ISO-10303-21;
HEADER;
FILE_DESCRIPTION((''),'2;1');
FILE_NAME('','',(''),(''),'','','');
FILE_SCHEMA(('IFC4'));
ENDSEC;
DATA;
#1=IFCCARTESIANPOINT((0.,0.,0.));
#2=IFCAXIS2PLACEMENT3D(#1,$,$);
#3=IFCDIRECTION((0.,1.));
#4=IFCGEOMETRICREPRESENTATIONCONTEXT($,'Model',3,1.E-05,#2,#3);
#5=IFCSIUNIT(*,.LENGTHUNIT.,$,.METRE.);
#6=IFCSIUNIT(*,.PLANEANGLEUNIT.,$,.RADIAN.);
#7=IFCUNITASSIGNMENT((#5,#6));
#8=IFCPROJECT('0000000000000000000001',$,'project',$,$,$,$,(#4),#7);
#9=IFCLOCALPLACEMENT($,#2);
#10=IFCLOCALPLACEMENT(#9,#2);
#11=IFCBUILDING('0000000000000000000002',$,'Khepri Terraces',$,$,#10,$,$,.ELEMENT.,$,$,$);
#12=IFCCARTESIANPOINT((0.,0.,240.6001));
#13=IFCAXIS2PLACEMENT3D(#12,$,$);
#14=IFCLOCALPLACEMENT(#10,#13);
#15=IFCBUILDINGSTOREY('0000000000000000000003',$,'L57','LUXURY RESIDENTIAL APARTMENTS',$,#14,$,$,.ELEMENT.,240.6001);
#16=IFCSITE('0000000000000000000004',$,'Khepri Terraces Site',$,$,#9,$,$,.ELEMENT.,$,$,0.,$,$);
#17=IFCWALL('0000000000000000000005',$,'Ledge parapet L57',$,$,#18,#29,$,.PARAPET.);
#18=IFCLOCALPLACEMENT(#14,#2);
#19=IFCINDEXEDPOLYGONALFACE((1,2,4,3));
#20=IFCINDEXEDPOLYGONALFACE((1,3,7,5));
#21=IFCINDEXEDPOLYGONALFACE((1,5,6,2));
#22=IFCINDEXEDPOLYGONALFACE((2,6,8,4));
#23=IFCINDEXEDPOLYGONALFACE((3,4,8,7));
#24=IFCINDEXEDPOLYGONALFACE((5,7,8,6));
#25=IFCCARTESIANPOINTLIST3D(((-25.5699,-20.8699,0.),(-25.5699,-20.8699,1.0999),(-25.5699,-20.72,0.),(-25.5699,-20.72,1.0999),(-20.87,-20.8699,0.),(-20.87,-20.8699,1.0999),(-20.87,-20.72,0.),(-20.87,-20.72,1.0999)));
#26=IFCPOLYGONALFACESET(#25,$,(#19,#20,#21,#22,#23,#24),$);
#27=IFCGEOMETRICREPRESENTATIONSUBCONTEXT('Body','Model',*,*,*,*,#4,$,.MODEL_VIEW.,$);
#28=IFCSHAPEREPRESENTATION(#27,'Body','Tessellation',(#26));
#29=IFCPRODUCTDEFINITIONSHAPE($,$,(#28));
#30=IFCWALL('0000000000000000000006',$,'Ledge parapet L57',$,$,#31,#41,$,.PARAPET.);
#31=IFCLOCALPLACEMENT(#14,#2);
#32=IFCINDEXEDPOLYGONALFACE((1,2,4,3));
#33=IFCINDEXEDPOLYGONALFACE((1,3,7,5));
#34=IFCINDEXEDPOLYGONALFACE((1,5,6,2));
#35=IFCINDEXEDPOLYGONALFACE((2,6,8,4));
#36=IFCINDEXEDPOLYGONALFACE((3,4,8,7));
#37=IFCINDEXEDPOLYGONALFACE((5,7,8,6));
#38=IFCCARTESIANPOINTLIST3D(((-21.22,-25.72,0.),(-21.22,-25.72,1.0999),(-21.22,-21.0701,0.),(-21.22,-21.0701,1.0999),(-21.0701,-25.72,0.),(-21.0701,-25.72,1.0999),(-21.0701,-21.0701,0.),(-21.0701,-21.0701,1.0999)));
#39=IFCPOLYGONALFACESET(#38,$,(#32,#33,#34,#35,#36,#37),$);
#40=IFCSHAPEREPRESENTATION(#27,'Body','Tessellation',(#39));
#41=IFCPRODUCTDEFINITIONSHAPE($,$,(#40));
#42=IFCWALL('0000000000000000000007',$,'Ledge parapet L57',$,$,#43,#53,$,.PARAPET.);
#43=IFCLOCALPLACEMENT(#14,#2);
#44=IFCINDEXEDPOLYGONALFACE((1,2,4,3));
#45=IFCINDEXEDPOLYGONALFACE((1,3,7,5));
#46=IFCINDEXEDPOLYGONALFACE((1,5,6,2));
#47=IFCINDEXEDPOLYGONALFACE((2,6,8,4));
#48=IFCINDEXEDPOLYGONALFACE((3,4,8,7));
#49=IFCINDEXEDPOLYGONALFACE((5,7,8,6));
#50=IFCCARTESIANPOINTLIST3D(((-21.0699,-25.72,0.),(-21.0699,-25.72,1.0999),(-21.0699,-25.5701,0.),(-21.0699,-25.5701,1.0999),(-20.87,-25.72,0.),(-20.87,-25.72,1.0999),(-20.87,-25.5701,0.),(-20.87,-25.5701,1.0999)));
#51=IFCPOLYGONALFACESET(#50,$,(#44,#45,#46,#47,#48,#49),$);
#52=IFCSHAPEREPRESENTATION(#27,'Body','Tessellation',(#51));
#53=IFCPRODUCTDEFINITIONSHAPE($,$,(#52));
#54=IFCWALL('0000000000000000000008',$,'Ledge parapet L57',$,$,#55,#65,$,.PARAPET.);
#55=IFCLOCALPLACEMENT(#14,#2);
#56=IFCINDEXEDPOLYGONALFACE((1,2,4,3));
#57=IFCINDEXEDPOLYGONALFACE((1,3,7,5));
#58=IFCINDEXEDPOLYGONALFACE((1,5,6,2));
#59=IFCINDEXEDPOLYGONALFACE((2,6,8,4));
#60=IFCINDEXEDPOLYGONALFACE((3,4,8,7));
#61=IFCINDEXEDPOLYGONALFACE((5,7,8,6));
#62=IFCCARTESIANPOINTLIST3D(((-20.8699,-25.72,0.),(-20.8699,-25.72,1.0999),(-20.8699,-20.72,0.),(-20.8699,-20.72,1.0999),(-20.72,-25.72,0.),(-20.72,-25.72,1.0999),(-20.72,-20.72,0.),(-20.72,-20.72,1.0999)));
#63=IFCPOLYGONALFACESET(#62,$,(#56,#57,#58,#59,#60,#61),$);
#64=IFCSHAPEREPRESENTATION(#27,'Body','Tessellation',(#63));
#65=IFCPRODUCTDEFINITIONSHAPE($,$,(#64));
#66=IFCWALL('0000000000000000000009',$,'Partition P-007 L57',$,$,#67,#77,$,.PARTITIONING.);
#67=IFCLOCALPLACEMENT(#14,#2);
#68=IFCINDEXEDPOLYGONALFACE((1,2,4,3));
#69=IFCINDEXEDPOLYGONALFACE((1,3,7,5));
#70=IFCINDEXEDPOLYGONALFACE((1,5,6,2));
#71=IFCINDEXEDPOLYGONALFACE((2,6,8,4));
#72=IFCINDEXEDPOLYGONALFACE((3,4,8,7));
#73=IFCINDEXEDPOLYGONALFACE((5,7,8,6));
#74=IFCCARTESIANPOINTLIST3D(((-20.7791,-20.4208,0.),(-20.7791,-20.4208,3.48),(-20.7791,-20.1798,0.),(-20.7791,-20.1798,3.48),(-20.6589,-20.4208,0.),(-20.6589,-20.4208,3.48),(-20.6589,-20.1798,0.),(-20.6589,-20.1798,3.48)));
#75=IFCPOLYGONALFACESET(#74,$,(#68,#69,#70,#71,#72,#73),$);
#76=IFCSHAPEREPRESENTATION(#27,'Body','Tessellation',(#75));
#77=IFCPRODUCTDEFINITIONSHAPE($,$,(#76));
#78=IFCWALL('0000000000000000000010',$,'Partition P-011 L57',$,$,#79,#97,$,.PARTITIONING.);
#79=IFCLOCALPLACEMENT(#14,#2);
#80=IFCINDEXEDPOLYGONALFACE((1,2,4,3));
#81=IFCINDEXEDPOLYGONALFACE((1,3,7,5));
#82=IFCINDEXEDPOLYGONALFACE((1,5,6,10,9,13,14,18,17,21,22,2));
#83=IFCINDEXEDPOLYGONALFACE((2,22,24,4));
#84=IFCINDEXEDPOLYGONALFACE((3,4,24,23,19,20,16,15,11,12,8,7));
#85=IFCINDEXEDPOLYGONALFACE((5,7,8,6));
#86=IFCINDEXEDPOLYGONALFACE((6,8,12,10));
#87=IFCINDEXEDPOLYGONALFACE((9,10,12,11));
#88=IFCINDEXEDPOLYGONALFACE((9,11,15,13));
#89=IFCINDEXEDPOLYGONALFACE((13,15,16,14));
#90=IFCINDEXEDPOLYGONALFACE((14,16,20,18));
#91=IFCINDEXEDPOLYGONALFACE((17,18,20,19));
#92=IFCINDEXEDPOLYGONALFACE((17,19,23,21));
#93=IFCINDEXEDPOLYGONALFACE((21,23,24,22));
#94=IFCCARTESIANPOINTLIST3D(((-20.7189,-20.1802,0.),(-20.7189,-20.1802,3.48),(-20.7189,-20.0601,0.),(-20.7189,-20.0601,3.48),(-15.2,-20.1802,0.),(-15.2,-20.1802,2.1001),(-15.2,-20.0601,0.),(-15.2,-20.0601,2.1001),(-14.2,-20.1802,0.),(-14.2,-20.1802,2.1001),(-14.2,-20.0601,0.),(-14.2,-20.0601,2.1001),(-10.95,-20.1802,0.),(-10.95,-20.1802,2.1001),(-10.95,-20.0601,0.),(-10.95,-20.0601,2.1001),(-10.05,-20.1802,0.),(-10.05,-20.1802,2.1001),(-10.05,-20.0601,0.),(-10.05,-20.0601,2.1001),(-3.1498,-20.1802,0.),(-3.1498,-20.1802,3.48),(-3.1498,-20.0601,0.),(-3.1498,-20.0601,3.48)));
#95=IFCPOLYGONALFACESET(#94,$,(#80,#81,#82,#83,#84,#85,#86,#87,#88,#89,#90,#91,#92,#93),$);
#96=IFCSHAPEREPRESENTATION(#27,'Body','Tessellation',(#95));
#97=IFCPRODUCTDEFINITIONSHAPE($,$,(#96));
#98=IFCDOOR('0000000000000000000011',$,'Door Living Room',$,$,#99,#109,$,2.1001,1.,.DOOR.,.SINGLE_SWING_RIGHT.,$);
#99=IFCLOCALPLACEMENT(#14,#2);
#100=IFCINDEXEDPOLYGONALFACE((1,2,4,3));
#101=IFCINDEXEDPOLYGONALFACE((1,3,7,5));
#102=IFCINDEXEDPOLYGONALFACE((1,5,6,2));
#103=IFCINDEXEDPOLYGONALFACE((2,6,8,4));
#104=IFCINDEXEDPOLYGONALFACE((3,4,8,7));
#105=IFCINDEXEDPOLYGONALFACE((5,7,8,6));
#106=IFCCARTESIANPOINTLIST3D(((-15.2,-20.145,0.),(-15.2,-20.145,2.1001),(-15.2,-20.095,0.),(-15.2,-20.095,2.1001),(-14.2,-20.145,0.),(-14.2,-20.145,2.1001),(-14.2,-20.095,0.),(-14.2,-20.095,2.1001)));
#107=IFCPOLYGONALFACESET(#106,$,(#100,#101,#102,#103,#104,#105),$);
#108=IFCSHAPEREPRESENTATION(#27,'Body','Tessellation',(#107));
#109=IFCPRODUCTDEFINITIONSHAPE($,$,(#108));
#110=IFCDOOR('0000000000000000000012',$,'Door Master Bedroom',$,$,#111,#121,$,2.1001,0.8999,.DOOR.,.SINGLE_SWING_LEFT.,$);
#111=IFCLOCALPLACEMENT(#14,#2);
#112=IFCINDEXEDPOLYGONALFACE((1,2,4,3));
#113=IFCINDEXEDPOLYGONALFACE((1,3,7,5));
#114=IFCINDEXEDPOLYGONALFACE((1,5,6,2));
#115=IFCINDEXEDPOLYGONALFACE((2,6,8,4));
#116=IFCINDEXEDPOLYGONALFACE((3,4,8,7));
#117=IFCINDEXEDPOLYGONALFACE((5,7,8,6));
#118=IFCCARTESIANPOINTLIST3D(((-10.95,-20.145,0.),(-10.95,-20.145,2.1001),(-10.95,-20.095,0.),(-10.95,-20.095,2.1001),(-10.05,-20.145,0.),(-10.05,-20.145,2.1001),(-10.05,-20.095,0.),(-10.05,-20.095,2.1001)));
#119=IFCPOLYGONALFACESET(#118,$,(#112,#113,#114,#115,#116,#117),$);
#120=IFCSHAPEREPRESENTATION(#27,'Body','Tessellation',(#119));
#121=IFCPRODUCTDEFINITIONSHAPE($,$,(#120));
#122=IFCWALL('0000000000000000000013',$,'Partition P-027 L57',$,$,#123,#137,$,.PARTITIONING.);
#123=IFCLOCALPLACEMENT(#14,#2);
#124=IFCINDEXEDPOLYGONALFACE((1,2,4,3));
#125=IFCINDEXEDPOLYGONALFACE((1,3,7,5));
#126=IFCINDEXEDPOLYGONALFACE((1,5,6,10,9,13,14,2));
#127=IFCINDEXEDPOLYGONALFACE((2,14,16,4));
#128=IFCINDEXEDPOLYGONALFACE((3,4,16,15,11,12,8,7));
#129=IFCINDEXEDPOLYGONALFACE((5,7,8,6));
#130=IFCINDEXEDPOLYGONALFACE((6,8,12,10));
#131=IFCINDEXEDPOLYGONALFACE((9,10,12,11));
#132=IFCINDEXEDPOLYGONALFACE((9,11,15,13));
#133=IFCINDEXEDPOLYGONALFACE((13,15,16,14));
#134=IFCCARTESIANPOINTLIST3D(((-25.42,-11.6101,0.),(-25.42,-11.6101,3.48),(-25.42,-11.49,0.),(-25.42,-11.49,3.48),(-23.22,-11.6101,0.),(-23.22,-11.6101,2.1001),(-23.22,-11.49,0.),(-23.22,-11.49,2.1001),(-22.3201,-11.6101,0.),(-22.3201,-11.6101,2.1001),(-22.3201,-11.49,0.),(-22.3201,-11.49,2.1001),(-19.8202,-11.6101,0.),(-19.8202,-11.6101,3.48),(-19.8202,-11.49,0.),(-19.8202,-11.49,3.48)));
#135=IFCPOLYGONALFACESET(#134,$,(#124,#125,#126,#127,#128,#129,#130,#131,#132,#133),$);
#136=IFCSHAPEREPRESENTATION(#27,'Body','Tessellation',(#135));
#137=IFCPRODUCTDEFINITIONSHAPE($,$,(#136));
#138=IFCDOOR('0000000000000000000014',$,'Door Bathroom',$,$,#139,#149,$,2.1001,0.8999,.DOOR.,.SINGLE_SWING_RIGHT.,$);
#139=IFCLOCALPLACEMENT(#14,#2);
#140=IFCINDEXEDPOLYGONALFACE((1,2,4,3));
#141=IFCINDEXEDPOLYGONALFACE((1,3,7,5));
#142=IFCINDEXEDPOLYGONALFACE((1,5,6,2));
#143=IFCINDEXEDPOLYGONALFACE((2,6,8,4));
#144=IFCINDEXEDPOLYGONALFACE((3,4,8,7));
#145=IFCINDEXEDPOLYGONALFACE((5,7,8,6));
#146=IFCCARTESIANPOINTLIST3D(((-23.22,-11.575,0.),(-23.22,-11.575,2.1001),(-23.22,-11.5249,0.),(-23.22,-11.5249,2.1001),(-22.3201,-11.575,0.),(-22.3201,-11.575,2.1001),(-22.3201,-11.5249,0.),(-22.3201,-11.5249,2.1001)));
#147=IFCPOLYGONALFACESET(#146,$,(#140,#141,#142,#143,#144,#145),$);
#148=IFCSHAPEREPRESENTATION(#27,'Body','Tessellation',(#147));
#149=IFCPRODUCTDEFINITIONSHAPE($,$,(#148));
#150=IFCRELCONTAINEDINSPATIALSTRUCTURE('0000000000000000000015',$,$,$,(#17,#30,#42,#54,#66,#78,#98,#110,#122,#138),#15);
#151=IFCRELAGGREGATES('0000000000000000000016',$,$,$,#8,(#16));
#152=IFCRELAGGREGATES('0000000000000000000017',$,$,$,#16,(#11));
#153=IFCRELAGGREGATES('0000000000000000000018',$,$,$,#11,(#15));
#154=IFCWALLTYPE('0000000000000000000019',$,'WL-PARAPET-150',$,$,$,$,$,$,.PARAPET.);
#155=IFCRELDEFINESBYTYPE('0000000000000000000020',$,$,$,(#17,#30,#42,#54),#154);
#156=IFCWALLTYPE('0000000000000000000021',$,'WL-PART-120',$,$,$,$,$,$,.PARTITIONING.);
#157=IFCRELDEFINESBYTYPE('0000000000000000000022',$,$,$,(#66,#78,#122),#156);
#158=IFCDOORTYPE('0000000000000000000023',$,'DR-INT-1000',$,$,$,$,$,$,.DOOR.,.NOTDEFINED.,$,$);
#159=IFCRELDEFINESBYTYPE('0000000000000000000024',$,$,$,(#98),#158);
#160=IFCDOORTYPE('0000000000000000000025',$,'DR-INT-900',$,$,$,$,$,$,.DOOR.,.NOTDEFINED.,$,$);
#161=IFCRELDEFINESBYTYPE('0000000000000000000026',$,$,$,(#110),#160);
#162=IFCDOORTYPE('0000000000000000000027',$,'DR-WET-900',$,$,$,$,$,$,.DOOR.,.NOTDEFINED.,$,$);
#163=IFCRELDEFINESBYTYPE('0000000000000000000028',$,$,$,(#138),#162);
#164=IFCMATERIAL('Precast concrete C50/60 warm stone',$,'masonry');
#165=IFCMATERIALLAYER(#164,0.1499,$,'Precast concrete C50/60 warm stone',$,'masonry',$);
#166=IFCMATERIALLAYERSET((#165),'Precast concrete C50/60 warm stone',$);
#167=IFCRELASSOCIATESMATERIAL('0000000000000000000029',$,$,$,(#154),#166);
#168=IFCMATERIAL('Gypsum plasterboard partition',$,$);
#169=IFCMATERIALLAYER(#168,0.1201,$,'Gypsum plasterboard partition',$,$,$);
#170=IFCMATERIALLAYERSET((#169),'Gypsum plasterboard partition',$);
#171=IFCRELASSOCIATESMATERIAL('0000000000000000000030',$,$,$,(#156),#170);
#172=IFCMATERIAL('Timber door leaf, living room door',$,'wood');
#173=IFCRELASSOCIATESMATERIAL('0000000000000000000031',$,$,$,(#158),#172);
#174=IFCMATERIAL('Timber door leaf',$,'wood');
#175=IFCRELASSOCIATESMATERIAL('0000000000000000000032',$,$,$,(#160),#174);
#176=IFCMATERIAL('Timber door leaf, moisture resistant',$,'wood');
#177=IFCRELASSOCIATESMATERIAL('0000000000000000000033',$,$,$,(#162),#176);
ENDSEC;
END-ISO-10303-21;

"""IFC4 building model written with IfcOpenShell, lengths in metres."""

from ifc_helpers import new_model, si_unit, direction, frame, frame_2d, origin, place, context, subcontext, project, spatial, rectangle, extrude, material, layer, layer_set, type_object, element, fill, save


model = new_model("IFC4")

# Units and contexts
model_context = context("Model", 3, precision=1e-05, world=origin(), true_north=direction((0.0, 1.0)))
body_context = subcontext(model_context, "Body", "Model", "MODEL_VIEW")
ifc_project = project(units=[si_unit("LENGTHUNIT", "METRE"), si_unit("PLANEANGLEUNIT", "RADIAN")], contexts=[model_context])

# Site, building, storey
site_placement = place(None, origin())
site = spatial("IfcSite", under=ifc_project, at=site_placement, Name="Khepri Terraces Site", CompositionType="ELEMENT", RefElevation=0.0)
building_placement = place(site_placement, origin())
building = spatial("IfcBuilding", under=site, at=building_placement, Name="Khepri Terraces", CompositionType="ELEMENT")
storey_placement = place(building_placement, frame((0.0, 0.0, 240.6001)))
storey = spatial("IfcBuildingStorey", under=building, at=storey_placement, Name="L57", Description="LUXURY RESIDENTIAL APARTMENTS", CompositionType="ELEMENT", Elevation=240.6001)

# Shared definitions
ifc_material_1 = material(Name="Precast concrete C50/60 warm stone", Category="masonry")

# Walls
ifc_layer_1 = layer(ifc_material_1, 0.1499, Name="Precast concrete C50/60 warm stone", Category="masonry")
ifc_layer_set_1 = layer_set([ifc_layer_1], Name="Precast concrete C50/60 warm stone")
wall_type_1 = type_object("IfcWallType", Name="WL-PARAPET-150", PredefinedType="PARAPET", material=ifc_layer_set_1)
wall_1_placement = place(storey_placement, frame((-25.5701, -20.7949, 0.0), z_axis=(0.0, 0.0, 1.0), x_axis=(1.0, 0.0, 0.0)))
element("IfcWall", 1, at=wall_1_placement, inside=storey, type_object=wall_type_1, Name="Ledge parapet L57", PredefinedType="PARAPET", context=body_context, shape_type="SweptSolid", body=[
    extrude(rectangle(XDim=4.7, YDim=0.1499, at=frame_2d((2.3501, 0.0))), origin(), (0.0, 0.0, 1.0), 1.0999),
])
wall_2_placement = place(storey_placement, frame((-21.145, -25.72, 0.0), z_axis=(0.0, 0.0, 1.0), x_axis=(0.0, 1.0, 0.0)))
element("IfcWall", 2, at=wall_2_placement, inside=storey, type_object=wall_type_1, Name="Ledge parapet L57", PredefinedType="PARAPET", context=body_context, shape_type="SweptSolid", body=[
    extrude(rectangle(XDim=4.6499, YDim=0.1499, at=frame_2d((2.325, 0.0))), origin(), (0.0, 0.0, 1.0), 1.0999),
])
wall_3_placement = place(storey_placement, frame((-21.0701, -25.645, 0.0), z_axis=(0.0, 0.0, 1.0), x_axis=(1.0, 0.0, 0.0)))
element("IfcWall", 3, at=wall_3_placement, inside=storey, type_object=wall_type_1, Name="Ledge parapet L57", PredefinedType="PARAPET", context=body_context, shape_type="SweptSolid", body=[
    extrude(rectangle(XDim=0.2, YDim=0.1499, at=frame_2d((0.1001, 0.0))), origin(), (0.0, 0.0, 1.0), 1.0999),
])
wall_4_placement = place(storey_placement, frame((-20.7949, -25.72, 0.0), z_axis=(0.0, 0.0, 1.0), x_axis=(0.0, 1.0, 0.0)))
element("IfcWall", 4, at=wall_4_placement, inside=storey, type_object=wall_type_1, Name="Ledge parapet L57", PredefinedType="PARAPET", context=body_context, shape_type="SweptSolid", body=[
    extrude(rectangle(XDim=5.0, YDim=0.1499, at=frame_2d((2.5, 0.0))), origin(), (0.0, 0.0, 1.0), 1.0999),
])
ifc_material_2 = material(Name="Gypsum plasterboard partition")
ifc_layer_2 = layer(ifc_material_2, 0.1201, Name="Gypsum plasterboard partition")
ifc_layer_set_2 = layer_set([ifc_layer_2], Name="Gypsum plasterboard partition")
wall_type_2 = type_object("IfcWallType", Name="WL-PART-120", PredefinedType="PARTITIONING", material=ifc_layer_set_2)
wall_5_placement = place(storey_placement, frame((-20.719, -20.4209, 0.0), z_axis=(0.0, 0.0, 1.0), x_axis=(0.0, 1.0, 0.0)))
element("IfcWall", 5, at=wall_5_placement, inside=storey, type_object=wall_type_2, Name="Partition P-007 L57", PredefinedType="PARTITIONING", context=body_context, shape_type="SweptSolid", body=[
    extrude(rectangle(XDim=0.241, YDim=0.1201, at=frame_2d((0.1206, 0.0))), origin(), (0.0, 0.0, 1.0), 3.48),
])

# Wall, openings, doors
wall_6_placement = place(storey_placement, frame((-20.719, -20.1201, 0.0), z_axis=(0.0, 0.0, 1.0), x_axis=(1.0, 0.0, 0.0)))
wall_6 = element("IfcWall", 6, at=wall_6_placement, inside=storey, type_object=wall_type_2, Name="Partition P-011 L57", PredefinedType="PARTITIONING", context=body_context, shape_type="SweptSolid", body=[
    extrude(rectangle(XDim=17.5691, YDim=0.1201, at=frame_2d((8.7847, 0.0))), origin(), (0.0, 0.0, 1.0), 3.48),
])
opening_1_placement = place(wall_6_placement, frame((5.519, 0.0, 0.0)))
opening_1 = element("IfcOpeningElement", 7, at=opening_1_placement, cuts=wall_6, PredefinedType="OPENING", context=body_context, shape_type="SweptSolid", body=[
    extrude(rectangle(XDim=1.0, YDim=2.1001, at=frame_2d((0.5, 1.05))), frame((0.0, 0.0701, 0.0), z_axis=(0.0, -1.0, 0.0), x_axis=(1.0, 0.0, 0.0)), (0.0, 0.0, 1.0), 0.1401),
])
opening_2_placement = place(wall_6_placement, frame((9.769, 0.0, 0.0)))
opening_2 = element("IfcOpeningElement", 8, at=opening_2_placement, cuts=wall_6, PredefinedType="OPENING", context=body_context, shape_type="SweptSolid", body=[
    extrude(rectangle(XDim=0.8999, YDim=2.1001, at=frame_2d((0.45, 1.05))), frame((0.0, 0.0701, 0.0), z_axis=(0.0, -1.0, 0.0), x_axis=(1.0, 0.0, 0.0)), (0.0, 0.0, 1.0), 0.1401),
])
ifc_material_3 = material(Name="Timber door leaf, living room door", Category="wood")
door_type_1 = type_object("IfcDoorType", Name="DR-INT-1000", OperationType="NOTDEFINED", PredefinedType="DOOR", material=ifc_material_3)
door_1_placement = place(opening_1_placement, frame((1.0, 0.0, 0.0), z_axis=(0.0, 0.0, 1.0), x_axis=(-1.0, 0.0, 0.0)))
door_1 = element("IfcDoor", 9, at=door_1_placement, inside=storey, type_object=door_type_1, Name="Door Living Room", OperationType="SINGLE_SWING_RIGHT", OverallHeight=2.1001, OverallWidth=1.0, PredefinedType="DOOR", context=body_context, shape_type="SweptSolid", body=[
    extrude(rectangle(XDim=1.0, YDim=2.1001, at=frame_2d((0.5, 1.05))), frame((0.0, 0.0249, 0.0), z_axis=(0.0, -1.0, 0.0), x_axis=(1.0, 0.0, 0.0)), (0.0, 0.0, 1.0), 0.05),
])
fill(opening_1, door_1)
ifc_material_4 = material(Name="Timber door leaf", Category="wood")
door_type_2 = type_object("IfcDoorType", Name="DR-INT-900", OperationType="NOTDEFINED", PredefinedType="DOOR", material=ifc_material_4)
door_2_placement = place(opening_2_placement, frame((0.8999, 0.0, 0.0), z_axis=(0.0, 0.0, 1.0), x_axis=(-1.0, 0.0, 0.0)))
door_2 = element("IfcDoor", 10, at=door_2_placement, inside=storey, type_object=door_type_2, Name="Door Master Bedroom", OperationType="SINGLE_SWING_LEFT", OverallHeight=2.1001, OverallWidth=0.8999, PredefinedType="DOOR", context=body_context, shape_type="SweptSolid", body=[
    extrude(rectangle(XDim=0.8999, YDim=2.1001, at=frame_2d((0.45, 1.05))), frame((0.0, 0.0249, 0.0), z_axis=(0.0, -1.0, 0.0), x_axis=(1.0, 0.0, 0.0)), (0.0, 0.0, 1.0), 0.05),
])
fill(opening_2, door_2)

# Wall, opening, door
wall_7_placement = place(storey_placement, frame((-25.4199, -11.55, 0.0), z_axis=(0.0, 0.0, 1.0), x_axis=(1.0, 0.0, 0.0)))
wall_7 = element("IfcWall", 11, at=wall_7_placement, inside=storey, type_object=wall_type_2, Name="Partition P-027 L57", PredefinedType="PARTITIONING", context=body_context, shape_type="SweptSolid", body=[
    extrude(rectangle(XDim=5.5999, YDim=0.1201, at=frame_2d((2.7998, 0.0))), origin(), (0.0, 0.0, 1.0), 3.48),
])
opening_3_placement = place(wall_7_placement, frame((2.2, 0.0, 0.0)))
opening_3 = element("IfcOpeningElement", 12, at=opening_3_placement, cuts=wall_7, PredefinedType="OPENING", context=body_context, shape_type="SweptSolid", body=[
    extrude(rectangle(XDim=0.8999, YDim=2.1001, at=frame_2d((0.45, 1.05))), frame((0.0, 0.0701, 0.0), z_axis=(0.0, -1.0, 0.0), x_axis=(1.0, 0.0, 0.0)), (0.0, 0.0, 1.0), 0.1401),
])
ifc_material_5 = material(Name="Timber door leaf, moisture resistant", Category="wood")
door_type_3 = type_object("IfcDoorType", Name="DR-WET-900", OperationType="NOTDEFINED", PredefinedType="DOOR", material=ifc_material_5)
door_3_placement = place(opening_3_placement, frame((0.8999, 0.0, 0.0), z_axis=(0.0, 0.0, 1.0), x_axis=(-1.0, 0.0, 0.0)))
door_3 = element("IfcDoor", 13, at=door_3_placement, inside=storey, type_object=door_type_3, Name="Door Bathroom", OperationType="SINGLE_SWING_RIGHT", OverallHeight=2.1001, OverallWidth=0.8999, PredefinedType="DOOR", context=body_context, shape_type="SweptSolid", body=[
    extrude(rectangle(XDim=0.8999, YDim=2.1001, at=frame_2d((0.45, 1.05))), frame((0.0, 0.0249, 0.0), z_axis=(0.0, -1.0, 0.0), x_axis=(1.0, 0.0, 0.0)), (0.0, 0.0, 1.0), 0.05),
])
fill(opening_3, door_3)

save(model, "model.ifc")
